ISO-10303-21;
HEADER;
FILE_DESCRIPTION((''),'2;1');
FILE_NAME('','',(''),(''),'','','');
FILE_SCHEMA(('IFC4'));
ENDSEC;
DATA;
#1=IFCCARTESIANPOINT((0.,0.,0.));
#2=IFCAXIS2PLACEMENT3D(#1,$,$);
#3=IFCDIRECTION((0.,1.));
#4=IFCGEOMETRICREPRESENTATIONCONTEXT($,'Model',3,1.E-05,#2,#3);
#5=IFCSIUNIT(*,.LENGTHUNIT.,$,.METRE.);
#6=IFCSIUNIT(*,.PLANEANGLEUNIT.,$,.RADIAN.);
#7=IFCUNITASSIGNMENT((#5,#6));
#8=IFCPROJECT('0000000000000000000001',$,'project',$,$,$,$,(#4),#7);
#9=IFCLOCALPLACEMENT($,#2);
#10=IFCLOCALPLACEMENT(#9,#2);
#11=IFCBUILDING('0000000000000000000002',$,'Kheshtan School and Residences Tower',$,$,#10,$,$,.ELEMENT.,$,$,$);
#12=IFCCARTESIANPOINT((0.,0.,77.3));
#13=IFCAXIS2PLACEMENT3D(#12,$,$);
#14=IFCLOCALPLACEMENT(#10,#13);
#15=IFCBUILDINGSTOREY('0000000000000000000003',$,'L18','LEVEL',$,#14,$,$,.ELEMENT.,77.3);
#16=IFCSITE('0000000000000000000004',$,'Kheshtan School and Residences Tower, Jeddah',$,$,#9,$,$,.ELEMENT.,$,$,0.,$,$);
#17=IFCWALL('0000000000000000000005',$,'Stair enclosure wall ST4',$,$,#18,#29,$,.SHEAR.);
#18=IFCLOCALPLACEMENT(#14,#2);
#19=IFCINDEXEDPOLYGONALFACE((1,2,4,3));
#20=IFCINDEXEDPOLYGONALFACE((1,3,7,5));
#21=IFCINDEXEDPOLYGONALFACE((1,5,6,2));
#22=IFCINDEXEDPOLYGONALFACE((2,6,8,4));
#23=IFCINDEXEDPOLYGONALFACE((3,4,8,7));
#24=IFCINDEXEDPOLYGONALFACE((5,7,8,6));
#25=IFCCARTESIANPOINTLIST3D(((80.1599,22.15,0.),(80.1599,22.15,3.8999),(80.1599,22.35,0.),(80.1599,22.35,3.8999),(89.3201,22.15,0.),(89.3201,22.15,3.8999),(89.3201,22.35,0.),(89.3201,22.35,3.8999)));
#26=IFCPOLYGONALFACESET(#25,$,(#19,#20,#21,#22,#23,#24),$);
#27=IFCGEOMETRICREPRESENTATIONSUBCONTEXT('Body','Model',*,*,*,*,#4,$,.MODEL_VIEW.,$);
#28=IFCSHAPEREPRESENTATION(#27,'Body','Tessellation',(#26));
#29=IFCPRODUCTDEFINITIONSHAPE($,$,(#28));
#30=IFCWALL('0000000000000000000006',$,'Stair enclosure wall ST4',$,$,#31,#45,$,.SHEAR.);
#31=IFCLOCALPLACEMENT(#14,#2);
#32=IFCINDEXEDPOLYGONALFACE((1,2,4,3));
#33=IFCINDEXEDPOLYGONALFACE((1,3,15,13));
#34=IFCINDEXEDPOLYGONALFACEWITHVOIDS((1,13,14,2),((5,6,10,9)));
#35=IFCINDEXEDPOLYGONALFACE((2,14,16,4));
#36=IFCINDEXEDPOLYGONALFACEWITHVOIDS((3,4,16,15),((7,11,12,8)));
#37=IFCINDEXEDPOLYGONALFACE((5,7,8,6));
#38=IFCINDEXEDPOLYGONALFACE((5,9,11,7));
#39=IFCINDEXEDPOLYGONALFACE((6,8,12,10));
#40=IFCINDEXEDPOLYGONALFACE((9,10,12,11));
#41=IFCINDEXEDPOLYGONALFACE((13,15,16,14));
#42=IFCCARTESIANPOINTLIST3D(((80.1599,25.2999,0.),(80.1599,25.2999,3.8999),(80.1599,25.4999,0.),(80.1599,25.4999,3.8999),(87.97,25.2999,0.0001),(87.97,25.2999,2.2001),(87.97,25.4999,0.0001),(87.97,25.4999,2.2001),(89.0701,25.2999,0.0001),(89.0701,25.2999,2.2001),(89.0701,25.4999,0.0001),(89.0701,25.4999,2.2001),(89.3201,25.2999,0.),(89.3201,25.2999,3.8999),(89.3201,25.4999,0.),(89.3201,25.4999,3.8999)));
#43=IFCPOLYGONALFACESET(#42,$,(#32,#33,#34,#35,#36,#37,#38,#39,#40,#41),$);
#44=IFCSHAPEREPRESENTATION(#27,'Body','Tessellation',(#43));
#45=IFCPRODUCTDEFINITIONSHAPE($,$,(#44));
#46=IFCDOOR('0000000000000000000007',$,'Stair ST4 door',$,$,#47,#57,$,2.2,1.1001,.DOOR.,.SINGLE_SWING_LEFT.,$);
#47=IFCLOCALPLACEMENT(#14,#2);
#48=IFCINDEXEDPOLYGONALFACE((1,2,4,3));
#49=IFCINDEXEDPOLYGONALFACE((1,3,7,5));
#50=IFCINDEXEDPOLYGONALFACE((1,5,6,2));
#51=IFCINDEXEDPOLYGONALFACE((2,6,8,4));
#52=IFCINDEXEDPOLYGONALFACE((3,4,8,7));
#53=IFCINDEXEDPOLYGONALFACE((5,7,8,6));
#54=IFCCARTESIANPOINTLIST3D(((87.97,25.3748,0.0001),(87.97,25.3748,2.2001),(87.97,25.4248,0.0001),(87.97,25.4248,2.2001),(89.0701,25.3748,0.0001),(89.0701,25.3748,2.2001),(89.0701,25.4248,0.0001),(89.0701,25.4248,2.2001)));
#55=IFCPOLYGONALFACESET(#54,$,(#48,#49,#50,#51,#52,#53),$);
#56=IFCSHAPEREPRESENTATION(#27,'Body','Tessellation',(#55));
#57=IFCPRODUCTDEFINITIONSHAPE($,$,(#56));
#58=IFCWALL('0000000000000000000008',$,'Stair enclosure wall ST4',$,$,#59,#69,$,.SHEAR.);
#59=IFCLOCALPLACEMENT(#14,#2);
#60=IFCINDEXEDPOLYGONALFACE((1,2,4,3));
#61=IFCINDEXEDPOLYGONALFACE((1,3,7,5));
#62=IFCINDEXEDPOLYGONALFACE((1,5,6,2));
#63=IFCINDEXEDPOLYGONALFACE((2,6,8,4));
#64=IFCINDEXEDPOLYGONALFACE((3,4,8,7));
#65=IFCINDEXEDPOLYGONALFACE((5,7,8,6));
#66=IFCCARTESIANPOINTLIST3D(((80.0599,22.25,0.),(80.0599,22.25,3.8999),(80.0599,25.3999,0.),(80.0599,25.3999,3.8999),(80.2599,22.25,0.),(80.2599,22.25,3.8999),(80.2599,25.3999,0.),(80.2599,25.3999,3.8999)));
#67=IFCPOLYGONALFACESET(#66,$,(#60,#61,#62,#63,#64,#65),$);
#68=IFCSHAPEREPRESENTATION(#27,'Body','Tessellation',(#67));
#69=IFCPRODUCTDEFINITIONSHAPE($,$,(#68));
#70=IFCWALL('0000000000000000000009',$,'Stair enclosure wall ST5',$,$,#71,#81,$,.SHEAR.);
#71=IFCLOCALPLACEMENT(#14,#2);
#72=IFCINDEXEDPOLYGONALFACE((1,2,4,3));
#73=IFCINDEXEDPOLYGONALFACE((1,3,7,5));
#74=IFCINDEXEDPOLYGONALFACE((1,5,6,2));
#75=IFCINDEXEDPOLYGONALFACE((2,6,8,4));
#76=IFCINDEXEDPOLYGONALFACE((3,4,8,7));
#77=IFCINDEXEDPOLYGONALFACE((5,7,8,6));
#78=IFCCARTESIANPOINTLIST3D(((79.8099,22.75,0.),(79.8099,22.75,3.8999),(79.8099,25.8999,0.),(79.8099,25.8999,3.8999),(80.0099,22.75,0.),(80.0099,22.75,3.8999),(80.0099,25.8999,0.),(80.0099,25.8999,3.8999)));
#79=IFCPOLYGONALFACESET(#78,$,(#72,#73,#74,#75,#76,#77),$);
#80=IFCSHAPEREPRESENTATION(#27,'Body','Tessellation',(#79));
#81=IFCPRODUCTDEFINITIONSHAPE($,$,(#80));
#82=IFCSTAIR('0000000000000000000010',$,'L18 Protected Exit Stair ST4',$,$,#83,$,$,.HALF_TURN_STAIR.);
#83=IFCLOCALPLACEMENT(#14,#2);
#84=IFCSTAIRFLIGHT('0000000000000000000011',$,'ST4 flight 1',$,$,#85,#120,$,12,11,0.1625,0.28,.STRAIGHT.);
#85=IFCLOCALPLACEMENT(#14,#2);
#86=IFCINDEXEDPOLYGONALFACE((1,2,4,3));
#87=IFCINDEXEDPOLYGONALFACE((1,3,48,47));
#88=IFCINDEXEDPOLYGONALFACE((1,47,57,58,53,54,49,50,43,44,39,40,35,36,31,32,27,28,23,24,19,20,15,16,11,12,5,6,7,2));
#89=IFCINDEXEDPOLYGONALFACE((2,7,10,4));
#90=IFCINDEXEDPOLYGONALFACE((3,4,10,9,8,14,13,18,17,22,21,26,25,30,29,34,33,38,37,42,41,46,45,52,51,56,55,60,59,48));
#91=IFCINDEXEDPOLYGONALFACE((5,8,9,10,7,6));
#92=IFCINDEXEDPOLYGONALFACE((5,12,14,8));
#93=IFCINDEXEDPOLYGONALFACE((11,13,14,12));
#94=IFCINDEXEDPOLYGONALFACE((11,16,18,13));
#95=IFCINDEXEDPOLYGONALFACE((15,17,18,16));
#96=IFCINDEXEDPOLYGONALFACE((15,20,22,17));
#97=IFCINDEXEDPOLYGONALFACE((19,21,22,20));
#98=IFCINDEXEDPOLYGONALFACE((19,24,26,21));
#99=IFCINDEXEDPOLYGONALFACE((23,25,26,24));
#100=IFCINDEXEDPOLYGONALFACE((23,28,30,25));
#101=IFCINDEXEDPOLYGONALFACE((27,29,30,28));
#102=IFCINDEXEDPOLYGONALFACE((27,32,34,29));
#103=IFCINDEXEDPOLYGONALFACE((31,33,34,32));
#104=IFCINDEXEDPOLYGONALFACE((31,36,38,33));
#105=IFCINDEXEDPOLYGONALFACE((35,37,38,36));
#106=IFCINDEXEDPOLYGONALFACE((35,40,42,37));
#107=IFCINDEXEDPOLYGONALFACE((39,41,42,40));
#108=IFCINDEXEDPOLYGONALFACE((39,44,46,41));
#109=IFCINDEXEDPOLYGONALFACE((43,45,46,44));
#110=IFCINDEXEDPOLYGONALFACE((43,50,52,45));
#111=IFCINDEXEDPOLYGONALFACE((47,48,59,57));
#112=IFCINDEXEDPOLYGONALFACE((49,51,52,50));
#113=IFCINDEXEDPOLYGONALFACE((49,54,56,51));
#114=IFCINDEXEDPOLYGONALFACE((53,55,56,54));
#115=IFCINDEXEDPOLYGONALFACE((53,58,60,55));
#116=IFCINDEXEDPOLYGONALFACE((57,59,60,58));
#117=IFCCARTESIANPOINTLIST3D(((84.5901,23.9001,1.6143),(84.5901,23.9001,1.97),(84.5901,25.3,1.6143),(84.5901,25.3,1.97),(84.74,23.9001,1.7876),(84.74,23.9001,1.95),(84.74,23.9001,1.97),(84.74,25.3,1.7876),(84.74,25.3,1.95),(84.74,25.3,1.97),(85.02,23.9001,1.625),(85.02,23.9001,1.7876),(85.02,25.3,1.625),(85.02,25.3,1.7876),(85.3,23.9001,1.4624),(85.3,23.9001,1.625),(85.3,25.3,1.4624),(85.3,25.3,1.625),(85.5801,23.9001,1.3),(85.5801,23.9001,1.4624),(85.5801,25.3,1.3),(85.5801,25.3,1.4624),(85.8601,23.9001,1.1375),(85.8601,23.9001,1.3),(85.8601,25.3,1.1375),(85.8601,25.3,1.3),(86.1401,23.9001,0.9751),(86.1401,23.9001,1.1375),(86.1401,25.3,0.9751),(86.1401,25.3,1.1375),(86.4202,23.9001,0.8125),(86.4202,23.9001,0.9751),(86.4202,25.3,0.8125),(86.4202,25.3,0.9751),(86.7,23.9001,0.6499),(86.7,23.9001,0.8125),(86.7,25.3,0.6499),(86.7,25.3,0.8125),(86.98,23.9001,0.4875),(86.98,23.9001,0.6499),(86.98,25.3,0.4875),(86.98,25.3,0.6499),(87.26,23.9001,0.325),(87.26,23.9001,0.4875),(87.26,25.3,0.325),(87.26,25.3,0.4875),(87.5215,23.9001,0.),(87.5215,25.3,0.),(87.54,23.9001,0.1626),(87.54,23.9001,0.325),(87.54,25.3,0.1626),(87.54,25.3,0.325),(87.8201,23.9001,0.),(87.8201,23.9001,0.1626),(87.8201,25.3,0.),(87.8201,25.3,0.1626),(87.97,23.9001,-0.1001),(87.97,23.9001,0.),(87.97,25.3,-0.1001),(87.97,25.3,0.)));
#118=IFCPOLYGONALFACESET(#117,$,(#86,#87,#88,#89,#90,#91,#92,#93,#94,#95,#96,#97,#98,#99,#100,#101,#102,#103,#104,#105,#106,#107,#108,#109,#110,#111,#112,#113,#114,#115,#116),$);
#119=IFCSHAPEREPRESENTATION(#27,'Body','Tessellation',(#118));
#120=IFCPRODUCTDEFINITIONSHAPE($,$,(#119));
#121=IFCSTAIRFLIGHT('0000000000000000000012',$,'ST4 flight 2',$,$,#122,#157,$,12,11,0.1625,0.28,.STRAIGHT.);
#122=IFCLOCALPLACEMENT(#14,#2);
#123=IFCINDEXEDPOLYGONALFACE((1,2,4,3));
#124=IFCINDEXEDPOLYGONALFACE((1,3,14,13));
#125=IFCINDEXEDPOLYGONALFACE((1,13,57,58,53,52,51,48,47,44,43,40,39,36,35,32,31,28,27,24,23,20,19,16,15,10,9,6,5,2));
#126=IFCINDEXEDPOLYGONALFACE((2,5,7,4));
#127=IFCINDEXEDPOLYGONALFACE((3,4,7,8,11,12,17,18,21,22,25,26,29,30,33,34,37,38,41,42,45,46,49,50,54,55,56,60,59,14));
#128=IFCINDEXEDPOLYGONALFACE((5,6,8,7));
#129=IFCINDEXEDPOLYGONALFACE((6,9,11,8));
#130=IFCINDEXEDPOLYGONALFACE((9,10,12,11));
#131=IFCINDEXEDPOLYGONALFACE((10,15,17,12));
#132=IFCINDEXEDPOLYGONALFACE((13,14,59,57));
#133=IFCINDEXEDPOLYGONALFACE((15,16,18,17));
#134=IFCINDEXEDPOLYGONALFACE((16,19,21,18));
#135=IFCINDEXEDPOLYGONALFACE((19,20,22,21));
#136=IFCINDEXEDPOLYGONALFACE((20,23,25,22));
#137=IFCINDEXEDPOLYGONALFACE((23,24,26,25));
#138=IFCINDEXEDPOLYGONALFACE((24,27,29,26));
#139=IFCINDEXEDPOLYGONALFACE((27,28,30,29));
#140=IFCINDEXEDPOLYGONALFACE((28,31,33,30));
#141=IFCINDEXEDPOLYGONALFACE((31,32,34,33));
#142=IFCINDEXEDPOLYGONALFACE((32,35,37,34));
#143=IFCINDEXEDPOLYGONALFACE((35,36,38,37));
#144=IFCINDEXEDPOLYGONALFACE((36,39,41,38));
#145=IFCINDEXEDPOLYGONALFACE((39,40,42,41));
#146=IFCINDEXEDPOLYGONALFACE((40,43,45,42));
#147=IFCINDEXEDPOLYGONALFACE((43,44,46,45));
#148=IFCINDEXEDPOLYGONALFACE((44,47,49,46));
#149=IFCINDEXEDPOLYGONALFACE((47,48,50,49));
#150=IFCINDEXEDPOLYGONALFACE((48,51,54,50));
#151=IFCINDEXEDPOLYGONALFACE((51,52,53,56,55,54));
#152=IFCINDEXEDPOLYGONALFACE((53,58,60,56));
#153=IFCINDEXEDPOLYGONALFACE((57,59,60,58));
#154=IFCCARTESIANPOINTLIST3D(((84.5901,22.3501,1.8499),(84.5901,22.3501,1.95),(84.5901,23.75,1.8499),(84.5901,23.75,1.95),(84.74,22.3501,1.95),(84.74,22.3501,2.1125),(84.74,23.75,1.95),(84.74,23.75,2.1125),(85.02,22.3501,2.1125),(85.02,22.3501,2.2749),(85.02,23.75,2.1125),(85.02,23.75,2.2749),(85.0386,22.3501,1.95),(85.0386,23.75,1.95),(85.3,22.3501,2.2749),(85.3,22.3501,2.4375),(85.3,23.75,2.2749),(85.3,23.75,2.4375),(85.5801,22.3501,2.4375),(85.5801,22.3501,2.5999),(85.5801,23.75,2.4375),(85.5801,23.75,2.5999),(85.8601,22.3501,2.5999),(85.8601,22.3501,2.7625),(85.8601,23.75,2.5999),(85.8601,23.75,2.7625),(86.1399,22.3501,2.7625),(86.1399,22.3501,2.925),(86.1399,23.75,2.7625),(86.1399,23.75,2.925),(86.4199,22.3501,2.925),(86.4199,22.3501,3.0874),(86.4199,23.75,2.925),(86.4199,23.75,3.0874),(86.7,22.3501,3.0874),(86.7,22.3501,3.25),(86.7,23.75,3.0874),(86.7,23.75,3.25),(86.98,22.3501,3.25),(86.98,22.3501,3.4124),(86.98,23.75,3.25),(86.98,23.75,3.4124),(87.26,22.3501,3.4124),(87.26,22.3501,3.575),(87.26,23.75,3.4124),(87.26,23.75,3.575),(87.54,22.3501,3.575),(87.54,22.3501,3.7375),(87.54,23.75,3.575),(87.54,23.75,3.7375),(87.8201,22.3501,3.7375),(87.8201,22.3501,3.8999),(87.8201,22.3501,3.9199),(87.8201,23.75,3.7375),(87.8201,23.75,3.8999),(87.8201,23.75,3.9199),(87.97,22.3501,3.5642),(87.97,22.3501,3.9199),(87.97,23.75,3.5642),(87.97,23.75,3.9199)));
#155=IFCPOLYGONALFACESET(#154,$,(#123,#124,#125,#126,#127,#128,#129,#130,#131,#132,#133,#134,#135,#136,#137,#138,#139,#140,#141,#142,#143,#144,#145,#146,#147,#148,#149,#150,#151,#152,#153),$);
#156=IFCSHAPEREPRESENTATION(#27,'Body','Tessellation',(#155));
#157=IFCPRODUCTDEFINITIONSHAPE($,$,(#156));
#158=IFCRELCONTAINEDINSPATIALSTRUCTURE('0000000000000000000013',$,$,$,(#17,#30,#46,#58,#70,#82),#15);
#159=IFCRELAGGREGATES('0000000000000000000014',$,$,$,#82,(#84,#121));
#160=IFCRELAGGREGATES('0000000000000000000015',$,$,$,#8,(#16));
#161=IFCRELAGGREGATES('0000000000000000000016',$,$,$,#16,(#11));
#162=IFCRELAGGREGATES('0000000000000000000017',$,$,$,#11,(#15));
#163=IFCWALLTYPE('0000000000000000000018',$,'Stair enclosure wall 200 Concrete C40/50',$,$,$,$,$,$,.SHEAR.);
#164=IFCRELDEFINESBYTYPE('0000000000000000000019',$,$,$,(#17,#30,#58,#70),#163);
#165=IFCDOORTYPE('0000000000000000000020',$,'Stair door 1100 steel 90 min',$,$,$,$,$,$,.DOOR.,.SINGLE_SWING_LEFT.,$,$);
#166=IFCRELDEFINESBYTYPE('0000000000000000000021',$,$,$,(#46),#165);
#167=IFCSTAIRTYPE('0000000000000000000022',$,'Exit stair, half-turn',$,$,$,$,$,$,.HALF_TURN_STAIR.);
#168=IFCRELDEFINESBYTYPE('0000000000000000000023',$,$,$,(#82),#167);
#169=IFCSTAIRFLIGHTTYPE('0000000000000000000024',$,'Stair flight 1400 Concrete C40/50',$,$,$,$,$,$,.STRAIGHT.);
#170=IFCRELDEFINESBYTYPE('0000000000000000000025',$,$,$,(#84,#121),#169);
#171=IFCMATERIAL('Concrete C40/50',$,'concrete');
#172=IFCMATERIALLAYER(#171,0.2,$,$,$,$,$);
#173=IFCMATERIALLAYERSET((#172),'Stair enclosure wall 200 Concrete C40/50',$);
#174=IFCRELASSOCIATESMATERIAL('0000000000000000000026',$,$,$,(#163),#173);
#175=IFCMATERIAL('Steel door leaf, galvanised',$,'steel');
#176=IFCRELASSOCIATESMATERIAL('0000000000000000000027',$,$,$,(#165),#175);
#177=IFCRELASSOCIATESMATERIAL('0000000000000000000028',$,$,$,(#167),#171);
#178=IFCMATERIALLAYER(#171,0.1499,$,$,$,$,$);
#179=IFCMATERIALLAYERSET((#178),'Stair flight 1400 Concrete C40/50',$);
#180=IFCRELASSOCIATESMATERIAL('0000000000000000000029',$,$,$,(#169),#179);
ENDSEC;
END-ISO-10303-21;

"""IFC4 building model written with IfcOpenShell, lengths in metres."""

from ifc_helpers import new_model, si_unit, direction, frame, frame_2d, origin, place, context, subcontext, project, spatial, polyline, rectangle, outline, extrude, source, transform, mapped, material, layer, layer_set, type_object, element, fill, aggregate, save


model = new_model("IFC4")

# Units and contexts
model_context = context("Model", 3, precision=1e-05, world=origin(), true_north=direction((0.0, 1.0)))
body_context = subcontext(model_context, "Body", "Model", "MODEL_VIEW")
ifc_project = project(units=[si_unit("LENGTHUNIT", "METRE"), si_unit("PLANEANGLEUNIT", "RADIAN")], contexts=[model_context])

# Site, building, storey
site_placement = place(None, origin())
site = spatial("IfcSite", under=ifc_project, at=site_placement, Name="Kheshtan School and Residences Tower, Jeddah", CompositionType="ELEMENT", RefElevation=0.0)
building_placement = place(site_placement, origin())
building = spatial("IfcBuilding", under=site, at=building_placement, Name="Kheshtan School and Residences Tower", CompositionType="ELEMENT")
storey_placement = place(building_placement, frame((0.0, 0.0, 77.3)))
storey = spatial("IfcBuildingStorey", under=building, at=storey_placement, Name="L18", Description="LEVEL", CompositionType="ELEMENT", Elevation=77.3)

# Wall
ifc_material_1 = material(Name="Concrete C40/50", Category="concrete")
ifc_layer_1 = layer(ifc_material_1, 0.2)
ifc_layer_set_1 = layer_set([ifc_layer_1], Name="Stair enclosure wall 200 Concrete C40/50")
wall_type = type_object("IfcWallType", Name="Stair enclosure wall 200 Concrete C40/50", PredefinedType="SHEAR", material=ifc_layer_set_1)
wall_1_placement = place(storey_placement, frame((80.1599, 22.25, 0.0), z_axis=(0.0, 0.0, 1.0), x_axis=(1.0, 0.0, 0.0)))
element("IfcWall", 1, at=wall_1_placement, inside=storey, type_object=wall_type, Name="Stair enclosure wall ST4", PredefinedType="SHEAR", context=body_context, shape_type="SweptSolid", body=[
    extrude(rectangle(XDim=9.1602, YDim=0.2, at=frame_2d((4.5801, 0.0))), origin(), (0.0, 0.0, 1.0), 3.8999),
])

# Wall, opening, door
wall_2_placement = place(storey_placement, frame((80.1599, 25.3999, 0.0), z_axis=(0.0, 0.0, 1.0), x_axis=(1.0, 0.0, 0.0)))
wall_2 = element("IfcWall", 2, at=wall_2_placement, inside=storey, type_object=wall_type, Name="Stair enclosure wall ST4", PredefinedType="SHEAR", context=body_context, shape_type="SweptSolid", body=[
    extrude(rectangle(XDim=9.1602, YDim=0.2, at=frame_2d((4.5801, 0.0))), origin(), (0.0, 0.0, 1.0), 3.8999),
])
opening_placement = place(wall_2_placement, frame((7.8101, 0.0, 0.0)))
opening = element("IfcOpeningElement", 3, at=opening_placement, cuts=wall_2, PredefinedType="OPENING", context=body_context, shape_type="SweptSolid", body=[
    extrude(rectangle(XDim=1.1001, YDim=2.2, at=frame_2d((0.55, 1.1001))), frame((0.0, 0.1099, 0.0), z_axis=(0.0, -1.0, 0.0), x_axis=(1.0, 0.0, 0.0)), (0.0, 0.0, 1.0), 0.22),
])
ifc_material_2 = material(Name="Steel door leaf, galvanised", Category="steel")
door_type = type_object("IfcDoorType", Name="Stair door 1100 steel 90 min", OperationType="SINGLE_SWING_LEFT", PredefinedType="DOOR", material=ifc_material_2)
shared_shape = source(origin(), body_context, "Body", "SweptSolid", [
    extrude(rectangle(XDim=1.1001, YDim=2.2, at=frame_2d((0.55, 1.1001))), frame((0.0, 0.0249, 0.0), z_axis=(0.0, -1.0, 0.0), x_axis=(1.0, 0.0, 0.0)), (0.0, 0.0, 1.0), 0.05),
])
door_placement = place(opening_placement, origin())
door = element("IfcDoor", 4, at=door_placement, inside=storey, type_object=door_type, Name="Stair ST4 door", OperationType="SINGLE_SWING_LEFT", OverallHeight=2.2, OverallWidth=1.1001, PredefinedType="DOOR", context=body_context, shape_type="MappedRepresentation", body=[
    mapped(shared_shape, transform((0.0, 0.0, 0.0), x_axis=(1.0, 0.0, 0.0), y_axis=(0.0, 1.0, 0.0), z_axis=(0.0, 0.0, 1.0), scale=1.0)),
])
fill(opening, door)

# Walls
for number, where, z_axis, x_axis, name in (
    (5, (80.1599, 22.25, 0.0), (0.0, 0.0, 1.0), (0.0, 1.0, 0.0), "Stair enclosure wall ST4"),
    (6, (79.9099, 22.75, 0.0), (0.0, 0.0, 1.0), (0.0, 1.0, 0.0), "Stair enclosure wall ST5"),
):
    element("IfcWall", number, at=place(storey_placement, frame(where, z_axis=z_axis, x_axis=x_axis)), inside=storey, type_object=wall_type, Name=name, PredefinedType="SHEAR", context=body_context, shape_type="SweptSolid", body=[
        extrude(rectangle(XDim=3.1499, YDim=0.2, at=frame_2d((1.575, 0.0))), origin(), (0.0, 0.0, 1.0), 3.8999),
    ])

# Stair, stair flights
stair_type = type_object("IfcStairType", Name="Exit stair, half-turn", PredefinedType="HALF_TURN_STAIR", material=ifc_material_1)
stair_placement = place(storey_placement, origin())
stair = element("IfcStair", 7, at=stair_placement, inside=storey, type_object=stair_type, Name="L18 Protected Exit Stair ST4", PredefinedType="HALF_TURN_STAIR")
ifc_layer_2 = layer(ifc_material_1, 0.1499)
ifc_layer_set_2 = layer_set([ifc_layer_2], Name="Stair flight 1400 Concrete C40/50")
stair_flight_type = type_object("IfcStairFlightType", Name="Stair flight 1400 Concrete C40/50", PredefinedType="STRAIGHT", material=ifc_layer_set_2)
stair_flight_1_placement = place(storey_placement, frame((87.8201, 24.6001, 0.0), z_axis=(0.0, 0.0, 1.0), x_axis=(-1.0, 0.0, 0.0)))
stair_flight_1 = element("IfcStairFlight", 8, at=stair_flight_1_placement, type_object=stair_flight_type, Name="ST4 flight 1", NumberOfRisers=12, NumberOfTreads=11, PredefinedType="STRAIGHT", RiserHeight=0.1625, TreadLength=0.28, context=body_context, shape_type="SweptSolid", body=[
    extrude(outline(polyline([(-0.1499, -0.1001), (-0.1499, 0.0), (0.0, 0.0), (0.0, 0.1626), (0.28, 0.1626), (0.28, 0.325), (0.5601, 0.325), (0.5601, 0.4875), (0.8401, 0.4875), (0.8401, 0.6499), (1.1201, 0.6499), (1.1201, 0.8125), (1.3999, 0.8125), (1.3999, 0.9751), (1.6799, 0.9751), (1.6799, 1.1375), (1.96, 1.1375), (1.96, 1.3), (2.24, 1.3), (2.24, 1.4624), (2.52, 1.4624), (2.52, 1.625), (2.8, 1.625), (2.8, 1.7876), (3.0801, 1.7876), (3.0801, 1.95), (3.0801, 1.97), (3.23, 1.97), (3.23, 1.6143), (0.2986, 0.0), (-0.1499, -0.1001)])), frame((0.0, 0.7, 0.0), z_axis=(0.0, -1.0, 0.0), x_axis=(1.0, 0.0, 0.0)), (0.0, 0.0, 1.0), 1.3999),
])
stair_flight_2_placement = place(storey_placement, frame((84.74, 23.05, 1.95), z_axis=(0.0, 0.0, 1.0), x_axis=(1.0, 0.0, 0.0)))
stair_flight_2 = element("IfcStairFlight", 9, at=stair_flight_2_placement, type_object=stair_flight_type, Name="ST4 flight 2", NumberOfRisers=12, NumberOfTreads=11, PredefinedType="STRAIGHT", RiserHeight=0.1625, TreadLength=0.28, context=body_context, shape_type="SweptSolid", body=[
    extrude(outline(polyline([(-0.1499, -0.1001), (-0.1499, 0.0), (0.0, 0.0), (0.0, 0.1626), (0.28, 0.1626), (0.28, 0.325), (0.5601, 0.325), (0.5601, 0.4875), (0.8401, 0.4875), (0.8401, 0.6499), (1.1201, 0.6499), (1.1201, 0.8125), (1.3999, 0.8125), (1.3999, 0.9751), (1.6799, 0.9751), (1.6799, 1.1375), (1.96, 1.1375), (1.96, 1.3), (2.24, 1.3), (2.24, 1.4624), (2.52, 1.4624), (2.52, 1.625), (2.8, 1.625), (2.8, 1.7876), (3.0801, 1.7876), (3.0801, 1.95), (3.0801, 1.97), (3.23, 1.97), (3.23, 1.6143), (0.2986, 0.0), (-0.1499, -0.1001)])), frame((0.0, 0.7, 0.0), z_axis=(0.0, -1.0, 0.0), x_axis=(1.0, 0.0, 0.0)), (0.0, 0.0, 1.0), 1.3999),
])
aggregate(stair, [stair_flight_1, stair_flight_2])

save(model, "model.ifc")
